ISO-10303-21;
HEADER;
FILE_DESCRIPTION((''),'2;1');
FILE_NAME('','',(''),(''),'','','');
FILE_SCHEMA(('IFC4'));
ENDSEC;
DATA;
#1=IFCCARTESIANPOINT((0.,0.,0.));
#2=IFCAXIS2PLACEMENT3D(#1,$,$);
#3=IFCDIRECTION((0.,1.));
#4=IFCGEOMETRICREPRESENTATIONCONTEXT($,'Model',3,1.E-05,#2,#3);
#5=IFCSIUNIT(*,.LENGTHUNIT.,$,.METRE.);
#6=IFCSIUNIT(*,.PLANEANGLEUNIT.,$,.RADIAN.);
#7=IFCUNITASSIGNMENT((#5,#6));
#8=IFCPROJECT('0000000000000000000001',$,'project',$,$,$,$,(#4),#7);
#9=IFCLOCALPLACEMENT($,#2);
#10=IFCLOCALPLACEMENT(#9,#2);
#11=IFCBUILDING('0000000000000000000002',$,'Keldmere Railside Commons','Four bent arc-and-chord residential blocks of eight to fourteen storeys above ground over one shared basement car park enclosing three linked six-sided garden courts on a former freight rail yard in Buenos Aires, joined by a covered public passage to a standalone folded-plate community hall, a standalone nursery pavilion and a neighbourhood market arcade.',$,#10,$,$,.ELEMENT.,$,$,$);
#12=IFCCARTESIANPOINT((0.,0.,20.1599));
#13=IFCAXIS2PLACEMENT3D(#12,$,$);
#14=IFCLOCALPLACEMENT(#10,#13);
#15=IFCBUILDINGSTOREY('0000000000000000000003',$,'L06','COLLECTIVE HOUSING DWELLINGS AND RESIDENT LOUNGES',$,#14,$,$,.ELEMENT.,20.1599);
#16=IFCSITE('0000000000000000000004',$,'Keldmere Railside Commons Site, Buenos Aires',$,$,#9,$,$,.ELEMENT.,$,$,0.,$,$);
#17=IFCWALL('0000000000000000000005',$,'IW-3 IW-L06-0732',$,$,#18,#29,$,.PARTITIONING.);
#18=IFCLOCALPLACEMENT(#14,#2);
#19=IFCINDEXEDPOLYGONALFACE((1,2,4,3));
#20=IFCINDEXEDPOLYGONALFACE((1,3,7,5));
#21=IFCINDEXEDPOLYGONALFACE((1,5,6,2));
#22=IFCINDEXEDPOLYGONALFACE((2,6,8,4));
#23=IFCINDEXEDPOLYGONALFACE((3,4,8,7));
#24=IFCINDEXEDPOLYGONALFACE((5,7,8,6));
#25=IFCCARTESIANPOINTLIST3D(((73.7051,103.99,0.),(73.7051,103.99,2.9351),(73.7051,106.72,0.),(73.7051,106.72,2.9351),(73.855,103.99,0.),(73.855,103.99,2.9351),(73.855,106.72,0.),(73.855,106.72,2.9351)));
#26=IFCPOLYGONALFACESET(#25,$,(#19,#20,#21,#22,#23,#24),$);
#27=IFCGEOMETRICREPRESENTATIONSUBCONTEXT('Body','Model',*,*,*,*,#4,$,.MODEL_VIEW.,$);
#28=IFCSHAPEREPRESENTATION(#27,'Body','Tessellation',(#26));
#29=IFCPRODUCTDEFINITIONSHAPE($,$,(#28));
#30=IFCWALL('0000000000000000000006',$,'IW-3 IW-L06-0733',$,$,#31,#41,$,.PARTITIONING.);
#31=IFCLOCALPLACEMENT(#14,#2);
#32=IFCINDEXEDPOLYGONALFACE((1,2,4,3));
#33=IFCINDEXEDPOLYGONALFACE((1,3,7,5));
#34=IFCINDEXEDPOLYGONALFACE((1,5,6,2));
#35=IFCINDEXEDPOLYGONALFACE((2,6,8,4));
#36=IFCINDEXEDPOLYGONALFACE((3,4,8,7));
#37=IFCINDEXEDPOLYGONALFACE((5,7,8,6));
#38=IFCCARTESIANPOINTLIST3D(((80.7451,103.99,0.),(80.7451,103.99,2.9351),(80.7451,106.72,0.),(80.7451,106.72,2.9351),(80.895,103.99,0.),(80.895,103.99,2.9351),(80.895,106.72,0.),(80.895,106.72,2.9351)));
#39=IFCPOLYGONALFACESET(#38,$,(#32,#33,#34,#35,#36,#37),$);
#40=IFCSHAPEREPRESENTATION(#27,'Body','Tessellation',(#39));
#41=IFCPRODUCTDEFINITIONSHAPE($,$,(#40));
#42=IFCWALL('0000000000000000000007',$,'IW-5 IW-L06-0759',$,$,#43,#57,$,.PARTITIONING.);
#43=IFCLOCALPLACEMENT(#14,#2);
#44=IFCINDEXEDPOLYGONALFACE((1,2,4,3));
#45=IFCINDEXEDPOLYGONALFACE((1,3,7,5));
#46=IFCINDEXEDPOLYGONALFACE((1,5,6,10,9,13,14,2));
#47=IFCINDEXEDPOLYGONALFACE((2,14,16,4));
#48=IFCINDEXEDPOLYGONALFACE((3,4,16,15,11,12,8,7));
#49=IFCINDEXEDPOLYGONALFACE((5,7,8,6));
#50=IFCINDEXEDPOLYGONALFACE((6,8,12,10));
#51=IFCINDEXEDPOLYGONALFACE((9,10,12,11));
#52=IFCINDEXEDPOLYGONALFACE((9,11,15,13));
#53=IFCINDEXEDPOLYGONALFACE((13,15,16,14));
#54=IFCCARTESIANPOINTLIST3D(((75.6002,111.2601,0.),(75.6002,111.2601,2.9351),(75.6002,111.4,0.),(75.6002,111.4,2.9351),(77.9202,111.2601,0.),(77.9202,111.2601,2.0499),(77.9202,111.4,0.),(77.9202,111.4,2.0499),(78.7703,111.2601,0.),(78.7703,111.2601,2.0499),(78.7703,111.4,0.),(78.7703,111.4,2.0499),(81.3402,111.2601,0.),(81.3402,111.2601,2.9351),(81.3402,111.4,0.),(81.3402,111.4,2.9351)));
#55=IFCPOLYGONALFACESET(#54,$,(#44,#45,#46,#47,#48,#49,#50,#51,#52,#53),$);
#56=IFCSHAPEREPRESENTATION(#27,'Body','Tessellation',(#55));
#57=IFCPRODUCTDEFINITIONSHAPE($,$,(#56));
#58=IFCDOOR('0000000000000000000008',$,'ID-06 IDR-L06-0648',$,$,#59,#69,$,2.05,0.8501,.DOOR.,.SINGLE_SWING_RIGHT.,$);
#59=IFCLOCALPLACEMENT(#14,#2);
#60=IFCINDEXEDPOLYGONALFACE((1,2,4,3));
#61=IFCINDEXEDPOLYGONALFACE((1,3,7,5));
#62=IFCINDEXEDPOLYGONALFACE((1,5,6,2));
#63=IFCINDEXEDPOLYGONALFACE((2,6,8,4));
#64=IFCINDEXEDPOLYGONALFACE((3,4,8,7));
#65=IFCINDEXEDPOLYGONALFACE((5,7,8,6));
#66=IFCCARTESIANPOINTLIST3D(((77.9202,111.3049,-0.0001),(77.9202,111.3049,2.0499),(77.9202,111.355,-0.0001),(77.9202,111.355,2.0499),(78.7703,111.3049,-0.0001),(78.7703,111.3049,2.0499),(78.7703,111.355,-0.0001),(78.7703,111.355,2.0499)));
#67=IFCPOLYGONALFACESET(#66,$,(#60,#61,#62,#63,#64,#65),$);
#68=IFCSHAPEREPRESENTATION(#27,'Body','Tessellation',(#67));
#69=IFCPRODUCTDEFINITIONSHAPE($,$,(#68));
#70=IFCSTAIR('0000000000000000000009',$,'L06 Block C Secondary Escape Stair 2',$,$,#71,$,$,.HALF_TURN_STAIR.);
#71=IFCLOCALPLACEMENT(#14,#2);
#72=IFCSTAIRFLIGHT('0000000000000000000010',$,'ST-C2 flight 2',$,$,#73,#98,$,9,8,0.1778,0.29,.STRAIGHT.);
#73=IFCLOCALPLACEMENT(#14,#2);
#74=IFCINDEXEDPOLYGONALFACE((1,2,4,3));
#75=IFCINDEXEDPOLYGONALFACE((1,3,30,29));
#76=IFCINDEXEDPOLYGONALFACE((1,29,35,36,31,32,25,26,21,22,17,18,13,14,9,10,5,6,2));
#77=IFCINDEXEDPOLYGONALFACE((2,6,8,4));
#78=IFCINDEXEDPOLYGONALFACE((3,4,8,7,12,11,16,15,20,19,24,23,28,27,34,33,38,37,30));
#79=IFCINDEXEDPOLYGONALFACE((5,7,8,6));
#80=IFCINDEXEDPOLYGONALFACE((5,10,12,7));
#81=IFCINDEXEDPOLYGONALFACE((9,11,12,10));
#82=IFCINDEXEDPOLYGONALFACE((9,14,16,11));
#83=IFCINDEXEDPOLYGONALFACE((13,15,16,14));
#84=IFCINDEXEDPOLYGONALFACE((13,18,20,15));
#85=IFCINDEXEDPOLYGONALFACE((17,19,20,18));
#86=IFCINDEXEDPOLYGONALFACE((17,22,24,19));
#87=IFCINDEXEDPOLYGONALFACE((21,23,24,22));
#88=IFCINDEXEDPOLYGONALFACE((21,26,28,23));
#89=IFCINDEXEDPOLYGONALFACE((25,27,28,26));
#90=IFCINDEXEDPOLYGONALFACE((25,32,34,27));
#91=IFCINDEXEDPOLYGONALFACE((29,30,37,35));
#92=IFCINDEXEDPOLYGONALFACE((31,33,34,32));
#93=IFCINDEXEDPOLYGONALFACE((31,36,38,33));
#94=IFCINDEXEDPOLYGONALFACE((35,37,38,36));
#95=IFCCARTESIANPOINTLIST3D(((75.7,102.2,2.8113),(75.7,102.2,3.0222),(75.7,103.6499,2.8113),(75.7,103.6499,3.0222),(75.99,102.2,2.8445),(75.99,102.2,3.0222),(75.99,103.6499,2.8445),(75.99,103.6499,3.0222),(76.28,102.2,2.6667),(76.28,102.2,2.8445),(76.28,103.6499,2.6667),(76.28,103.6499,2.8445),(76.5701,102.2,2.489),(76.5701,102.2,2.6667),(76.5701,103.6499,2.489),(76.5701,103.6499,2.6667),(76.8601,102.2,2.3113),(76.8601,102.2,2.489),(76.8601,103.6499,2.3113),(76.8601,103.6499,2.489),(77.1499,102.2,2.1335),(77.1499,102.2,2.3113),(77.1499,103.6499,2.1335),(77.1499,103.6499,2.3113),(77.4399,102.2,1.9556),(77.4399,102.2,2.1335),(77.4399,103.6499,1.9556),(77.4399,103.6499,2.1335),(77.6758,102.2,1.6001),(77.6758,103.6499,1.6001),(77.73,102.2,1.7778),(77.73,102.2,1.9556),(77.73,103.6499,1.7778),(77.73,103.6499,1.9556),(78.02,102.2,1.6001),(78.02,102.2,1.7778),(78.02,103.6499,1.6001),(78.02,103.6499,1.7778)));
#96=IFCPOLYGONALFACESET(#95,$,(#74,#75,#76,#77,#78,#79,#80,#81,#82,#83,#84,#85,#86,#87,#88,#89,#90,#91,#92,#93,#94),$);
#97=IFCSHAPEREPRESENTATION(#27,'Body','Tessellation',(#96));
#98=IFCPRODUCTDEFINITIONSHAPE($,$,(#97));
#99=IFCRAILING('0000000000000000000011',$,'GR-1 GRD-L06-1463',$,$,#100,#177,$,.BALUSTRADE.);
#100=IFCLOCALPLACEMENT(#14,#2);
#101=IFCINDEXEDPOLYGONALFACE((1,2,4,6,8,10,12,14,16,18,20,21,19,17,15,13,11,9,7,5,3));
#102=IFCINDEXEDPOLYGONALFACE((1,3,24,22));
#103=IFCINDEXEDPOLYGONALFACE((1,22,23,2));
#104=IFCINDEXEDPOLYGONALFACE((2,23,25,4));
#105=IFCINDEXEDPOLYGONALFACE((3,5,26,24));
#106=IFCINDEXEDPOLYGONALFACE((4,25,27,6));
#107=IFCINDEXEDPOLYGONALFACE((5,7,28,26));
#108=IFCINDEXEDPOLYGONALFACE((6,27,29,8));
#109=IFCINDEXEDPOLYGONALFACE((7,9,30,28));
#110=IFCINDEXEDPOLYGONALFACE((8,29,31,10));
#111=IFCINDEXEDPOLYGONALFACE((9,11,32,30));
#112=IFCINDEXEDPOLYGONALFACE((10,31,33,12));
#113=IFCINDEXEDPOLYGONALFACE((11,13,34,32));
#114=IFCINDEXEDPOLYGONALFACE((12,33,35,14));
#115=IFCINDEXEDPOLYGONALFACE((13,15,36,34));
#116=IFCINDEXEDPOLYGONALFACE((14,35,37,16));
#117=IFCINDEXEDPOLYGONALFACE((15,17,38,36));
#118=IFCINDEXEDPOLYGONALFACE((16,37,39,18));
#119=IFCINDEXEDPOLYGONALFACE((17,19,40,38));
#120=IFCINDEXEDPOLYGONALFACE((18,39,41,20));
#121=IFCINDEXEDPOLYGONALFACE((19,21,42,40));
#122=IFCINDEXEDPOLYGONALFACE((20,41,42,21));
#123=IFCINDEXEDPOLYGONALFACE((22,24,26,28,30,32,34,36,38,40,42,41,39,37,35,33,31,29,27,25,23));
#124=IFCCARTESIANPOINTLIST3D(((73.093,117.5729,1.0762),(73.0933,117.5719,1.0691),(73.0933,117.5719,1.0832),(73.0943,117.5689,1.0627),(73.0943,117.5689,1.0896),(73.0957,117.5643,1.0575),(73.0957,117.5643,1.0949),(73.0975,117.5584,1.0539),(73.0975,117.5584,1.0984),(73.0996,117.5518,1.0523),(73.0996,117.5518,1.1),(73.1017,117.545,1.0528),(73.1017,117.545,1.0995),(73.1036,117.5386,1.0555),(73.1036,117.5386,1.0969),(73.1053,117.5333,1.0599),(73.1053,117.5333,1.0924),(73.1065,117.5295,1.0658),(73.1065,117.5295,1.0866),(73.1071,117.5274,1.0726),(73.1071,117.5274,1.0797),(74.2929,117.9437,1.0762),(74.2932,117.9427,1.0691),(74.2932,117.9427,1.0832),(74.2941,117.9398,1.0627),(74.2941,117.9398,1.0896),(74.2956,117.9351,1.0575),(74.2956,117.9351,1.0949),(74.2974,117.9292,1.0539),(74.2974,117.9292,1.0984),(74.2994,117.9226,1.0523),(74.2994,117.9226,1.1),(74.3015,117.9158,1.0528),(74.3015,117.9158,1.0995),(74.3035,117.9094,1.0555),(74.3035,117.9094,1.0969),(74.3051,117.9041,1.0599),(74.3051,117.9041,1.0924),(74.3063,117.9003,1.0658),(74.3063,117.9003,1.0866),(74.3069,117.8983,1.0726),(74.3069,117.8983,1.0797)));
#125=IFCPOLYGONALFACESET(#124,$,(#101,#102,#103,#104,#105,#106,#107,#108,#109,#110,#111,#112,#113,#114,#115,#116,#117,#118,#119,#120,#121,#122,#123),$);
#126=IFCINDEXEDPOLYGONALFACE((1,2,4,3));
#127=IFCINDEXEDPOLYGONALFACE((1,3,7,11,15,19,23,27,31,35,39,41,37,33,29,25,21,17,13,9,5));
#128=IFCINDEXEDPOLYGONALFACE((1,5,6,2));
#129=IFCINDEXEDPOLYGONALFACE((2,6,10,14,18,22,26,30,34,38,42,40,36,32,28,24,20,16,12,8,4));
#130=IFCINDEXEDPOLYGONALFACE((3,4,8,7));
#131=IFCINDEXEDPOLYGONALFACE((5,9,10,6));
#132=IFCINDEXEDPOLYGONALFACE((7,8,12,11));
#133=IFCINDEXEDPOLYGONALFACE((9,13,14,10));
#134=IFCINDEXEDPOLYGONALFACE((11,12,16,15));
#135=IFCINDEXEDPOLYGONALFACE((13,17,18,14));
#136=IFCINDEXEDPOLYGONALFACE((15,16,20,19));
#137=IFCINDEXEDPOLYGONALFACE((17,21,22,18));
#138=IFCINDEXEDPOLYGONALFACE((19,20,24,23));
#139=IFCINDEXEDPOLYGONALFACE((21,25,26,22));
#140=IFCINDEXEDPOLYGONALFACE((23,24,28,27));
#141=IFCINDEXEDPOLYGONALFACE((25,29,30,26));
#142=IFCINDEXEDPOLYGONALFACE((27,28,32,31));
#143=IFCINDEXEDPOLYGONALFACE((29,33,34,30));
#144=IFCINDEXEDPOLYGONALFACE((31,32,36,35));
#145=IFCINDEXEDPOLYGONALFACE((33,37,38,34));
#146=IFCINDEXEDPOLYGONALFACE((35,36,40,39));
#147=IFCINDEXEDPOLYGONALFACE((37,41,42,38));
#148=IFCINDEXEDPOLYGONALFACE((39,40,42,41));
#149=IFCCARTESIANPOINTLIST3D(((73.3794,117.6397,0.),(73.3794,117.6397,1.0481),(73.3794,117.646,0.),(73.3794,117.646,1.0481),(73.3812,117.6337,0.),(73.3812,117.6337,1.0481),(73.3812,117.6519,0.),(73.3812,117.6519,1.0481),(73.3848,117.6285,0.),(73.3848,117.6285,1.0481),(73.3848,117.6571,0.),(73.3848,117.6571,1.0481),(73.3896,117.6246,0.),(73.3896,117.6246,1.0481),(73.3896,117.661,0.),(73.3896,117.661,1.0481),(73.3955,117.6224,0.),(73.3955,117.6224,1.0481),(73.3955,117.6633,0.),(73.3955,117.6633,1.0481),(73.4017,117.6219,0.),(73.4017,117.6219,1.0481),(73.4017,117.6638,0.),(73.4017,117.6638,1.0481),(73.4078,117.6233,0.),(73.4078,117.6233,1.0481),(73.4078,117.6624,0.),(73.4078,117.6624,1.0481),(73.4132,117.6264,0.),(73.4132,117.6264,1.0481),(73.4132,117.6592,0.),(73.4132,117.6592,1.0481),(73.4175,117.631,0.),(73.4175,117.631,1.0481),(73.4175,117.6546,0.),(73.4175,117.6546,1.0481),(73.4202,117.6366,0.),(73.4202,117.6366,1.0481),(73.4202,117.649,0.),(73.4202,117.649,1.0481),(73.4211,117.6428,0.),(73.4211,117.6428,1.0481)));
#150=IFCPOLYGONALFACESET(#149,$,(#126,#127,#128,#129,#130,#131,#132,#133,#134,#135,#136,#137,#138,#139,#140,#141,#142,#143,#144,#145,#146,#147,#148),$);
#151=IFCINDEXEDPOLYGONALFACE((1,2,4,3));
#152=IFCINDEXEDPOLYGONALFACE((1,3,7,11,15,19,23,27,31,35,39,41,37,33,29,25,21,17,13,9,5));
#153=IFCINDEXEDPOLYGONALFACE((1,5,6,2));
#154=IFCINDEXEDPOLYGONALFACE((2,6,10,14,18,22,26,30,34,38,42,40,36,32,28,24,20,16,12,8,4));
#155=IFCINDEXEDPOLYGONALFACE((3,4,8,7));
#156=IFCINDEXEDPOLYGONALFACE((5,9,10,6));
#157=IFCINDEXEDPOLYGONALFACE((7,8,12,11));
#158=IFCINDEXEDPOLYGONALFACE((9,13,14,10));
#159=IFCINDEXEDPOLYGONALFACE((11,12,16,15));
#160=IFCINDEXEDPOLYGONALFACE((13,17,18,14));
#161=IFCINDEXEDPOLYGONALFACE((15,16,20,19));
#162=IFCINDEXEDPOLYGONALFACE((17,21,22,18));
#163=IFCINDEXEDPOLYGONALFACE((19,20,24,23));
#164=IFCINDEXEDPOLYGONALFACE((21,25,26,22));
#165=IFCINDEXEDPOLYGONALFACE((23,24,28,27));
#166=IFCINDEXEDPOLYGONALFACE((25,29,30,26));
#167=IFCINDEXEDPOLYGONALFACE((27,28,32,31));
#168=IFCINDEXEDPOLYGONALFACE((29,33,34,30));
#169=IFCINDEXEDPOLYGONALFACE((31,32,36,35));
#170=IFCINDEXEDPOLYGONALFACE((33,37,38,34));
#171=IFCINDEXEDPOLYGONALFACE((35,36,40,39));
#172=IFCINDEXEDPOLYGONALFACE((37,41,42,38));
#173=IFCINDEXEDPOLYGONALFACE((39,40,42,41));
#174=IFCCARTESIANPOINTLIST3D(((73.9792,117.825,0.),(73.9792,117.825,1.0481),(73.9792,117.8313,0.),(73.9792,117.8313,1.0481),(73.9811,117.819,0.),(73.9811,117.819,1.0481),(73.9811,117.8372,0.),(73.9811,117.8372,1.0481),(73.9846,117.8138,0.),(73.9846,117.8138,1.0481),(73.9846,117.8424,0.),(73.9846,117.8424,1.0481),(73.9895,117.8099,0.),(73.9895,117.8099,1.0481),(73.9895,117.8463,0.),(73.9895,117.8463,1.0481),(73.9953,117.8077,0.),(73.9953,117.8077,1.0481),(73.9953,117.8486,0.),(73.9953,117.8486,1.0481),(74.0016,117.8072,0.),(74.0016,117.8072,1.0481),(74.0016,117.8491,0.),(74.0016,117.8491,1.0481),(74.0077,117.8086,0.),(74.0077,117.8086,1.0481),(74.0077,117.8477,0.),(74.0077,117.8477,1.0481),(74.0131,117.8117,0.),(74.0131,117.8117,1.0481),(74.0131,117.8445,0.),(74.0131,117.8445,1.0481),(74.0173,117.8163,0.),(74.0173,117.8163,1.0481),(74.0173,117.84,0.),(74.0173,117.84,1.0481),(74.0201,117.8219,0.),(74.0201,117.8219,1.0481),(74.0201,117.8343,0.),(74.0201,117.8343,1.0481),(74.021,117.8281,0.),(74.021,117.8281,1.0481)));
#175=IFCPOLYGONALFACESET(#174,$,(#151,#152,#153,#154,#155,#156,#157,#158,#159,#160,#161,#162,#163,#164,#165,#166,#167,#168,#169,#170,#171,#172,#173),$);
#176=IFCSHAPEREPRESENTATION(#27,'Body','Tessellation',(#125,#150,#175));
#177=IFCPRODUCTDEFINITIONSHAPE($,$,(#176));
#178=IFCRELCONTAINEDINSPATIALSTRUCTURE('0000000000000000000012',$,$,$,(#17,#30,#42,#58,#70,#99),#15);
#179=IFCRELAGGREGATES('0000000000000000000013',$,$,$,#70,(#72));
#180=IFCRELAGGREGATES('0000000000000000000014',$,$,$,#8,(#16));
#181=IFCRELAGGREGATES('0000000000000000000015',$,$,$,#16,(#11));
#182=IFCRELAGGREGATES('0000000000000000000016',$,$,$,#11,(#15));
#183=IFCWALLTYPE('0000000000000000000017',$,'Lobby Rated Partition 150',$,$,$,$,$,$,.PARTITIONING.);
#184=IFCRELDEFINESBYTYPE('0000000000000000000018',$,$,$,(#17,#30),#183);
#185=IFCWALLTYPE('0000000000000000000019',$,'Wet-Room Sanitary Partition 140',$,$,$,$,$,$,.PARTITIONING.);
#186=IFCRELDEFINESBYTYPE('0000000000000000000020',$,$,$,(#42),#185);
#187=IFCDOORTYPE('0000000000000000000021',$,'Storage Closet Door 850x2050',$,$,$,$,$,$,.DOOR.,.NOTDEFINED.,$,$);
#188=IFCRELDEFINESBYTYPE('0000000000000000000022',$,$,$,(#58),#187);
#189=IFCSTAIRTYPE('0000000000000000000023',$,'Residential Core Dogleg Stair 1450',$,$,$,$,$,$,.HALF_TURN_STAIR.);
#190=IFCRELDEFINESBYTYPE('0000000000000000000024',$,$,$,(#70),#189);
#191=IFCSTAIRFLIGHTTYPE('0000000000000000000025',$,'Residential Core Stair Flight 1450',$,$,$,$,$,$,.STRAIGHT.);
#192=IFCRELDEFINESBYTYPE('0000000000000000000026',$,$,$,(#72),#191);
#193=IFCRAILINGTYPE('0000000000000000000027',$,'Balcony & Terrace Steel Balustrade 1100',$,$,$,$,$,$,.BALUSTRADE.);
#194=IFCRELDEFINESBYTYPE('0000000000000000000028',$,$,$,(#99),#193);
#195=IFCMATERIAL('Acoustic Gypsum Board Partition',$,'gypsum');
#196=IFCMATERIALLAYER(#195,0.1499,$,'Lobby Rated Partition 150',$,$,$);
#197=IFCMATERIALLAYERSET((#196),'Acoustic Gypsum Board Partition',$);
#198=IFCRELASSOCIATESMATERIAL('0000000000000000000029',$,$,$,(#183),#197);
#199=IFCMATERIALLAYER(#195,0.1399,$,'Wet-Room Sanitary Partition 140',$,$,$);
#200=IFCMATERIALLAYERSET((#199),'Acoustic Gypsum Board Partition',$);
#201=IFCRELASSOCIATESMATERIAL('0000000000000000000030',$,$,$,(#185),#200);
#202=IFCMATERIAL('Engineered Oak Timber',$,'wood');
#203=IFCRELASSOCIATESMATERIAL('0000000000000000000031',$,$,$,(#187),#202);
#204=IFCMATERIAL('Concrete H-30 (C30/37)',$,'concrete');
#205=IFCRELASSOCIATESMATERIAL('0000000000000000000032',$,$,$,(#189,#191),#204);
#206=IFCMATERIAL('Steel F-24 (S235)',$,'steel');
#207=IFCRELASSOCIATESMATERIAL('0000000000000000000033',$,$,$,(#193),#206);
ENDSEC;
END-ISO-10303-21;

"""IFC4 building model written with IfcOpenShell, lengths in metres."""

from ifc_helpers import new_model, si_unit, direction, frame, frame_2d, origin, origin_2d, place, context, subcontext, project, spatial, polyline, rectangle, circle, outline, extrude, material, layer, layer_set, type_object, element, fill, aggregate, save


model = new_model("IFC4")

# Units and contexts
model_context = context("Model", 3, precision=1e-05, world=origin(), true_north=direction((0.0, 1.0)))
body_context = subcontext(model_context, "Body", "Model", "MODEL_VIEW")
ifc_project = project(units=[si_unit("LENGTHUNIT", "METRE"), si_unit("PLANEANGLEUNIT", "RADIAN")], contexts=[model_context])

# Site, building, storey
site_placement = place(None, origin())
site = spatial("IfcSite", under=ifc_project, at=site_placement, Name="Keldmere Railside Commons Site, Buenos Aires", CompositionType="ELEMENT", RefElevation=0.0)
building_placement = place(site_placement, origin())
building = spatial("IfcBuilding", under=site, at=building_placement, Name="Keldmere Railside Commons", Description="Four bent arc-and-chord residential blocks of eight to fourteen storeys above ground over one shared basement car park enclosing three linked six-sided garden courts on a former freight rail yard in Buenos Aires, joined by a covered public passage to a standalone folded-plate community hall, a standalone nursery pavilion and a neighbourhood market arcade.", CompositionType="ELEMENT")
storey_placement = place(building_placement, frame((0.0, 0.0, 20.1599)))
storey = spatial("IfcBuildingStorey", under=building, at=storey_placement, Name="L06", Description="COLLECTIVE HOUSING DWELLINGS AND RESIDENT LOUNGES", CompositionType="ELEMENT", Elevation=20.1599)

# Shared definitions
ifc_material_1 = material(Name="Concrete H-30 (C30/37)", Category="concrete")

# Shared definitions
ifc_material_2 = material(Name="Acoustic Gypsum Board Partition", Category="gypsum")
ifc_material_3 = material(Name="Engineered Oak Timber", Category="wood")

# Shared definitions
ifc_material_4 = material(Name="Steel F-24 (S235)", Category="steel")

# Walls
ifc_layer_1 = layer(ifc_material_2, 0.1499, Name="Lobby Rated Partition 150")
ifc_layer_set_1 = layer_set([ifc_layer_1], Name="Acoustic Gypsum Board Partition")
wall_type_1 = type_object("IfcWallType", Name="Lobby Rated Partition 150", PredefinedType="PARTITIONING", material=ifc_layer_set_1)
for number, where, z_axis, x_axis, name in (
    (1, (73.78, 103.99, 0.0), (0.0, 0.0, 1.0), (0.0, 1.0, 0.0), "IW-3 IW-L06-0732"),
    (2, (80.8201, 103.99, 0.0), (0.0, 0.0, 1.0), (0.0, 1.0, 0.0), "IW-3 IW-L06-0733"),
):
    element("IfcWall", number, at=place(storey_placement, frame(where, z_axis=z_axis, x_axis=x_axis)), inside=storey, type_object=wall_type_1, Name=name, PredefinedType="PARTITIONING", context=body_context, shape_type="SweptSolid", body=[
        extrude(rectangle(XDim=2.73, YDim=0.1499, at=frame_2d((1.365, 0.0))), origin(), (0.0, 0.0, 1.0), 2.9351),
    ])

# Wall, opening, door
ifc_layer_2 = layer(ifc_material_2, 0.1399, Name="Wet-Room Sanitary Partition 140")
ifc_layer_set_2 = layer_set([ifc_layer_2], Name="Acoustic Gypsum Board Partition")
wall_type_2 = type_object("IfcWallType", Name="Wet-Room Sanitary Partition 140", PredefinedType="PARTITIONING", material=ifc_layer_set_2)
wall_1_placement = place(storey_placement, frame((75.6001, 111.3301, 0.0), z_axis=(0.0, 0.0, 1.0), x_axis=(1.0, 0.0, 0.0)))
wall_1 = element("IfcWall", 3, at=wall_1_placement, inside=storey, type_object=wall_type_2, Name="IW-5 IW-L06-0759", PredefinedType="PARTITIONING", context=body_context, shape_type="SweptSolid", body=[
    extrude(rectangle(XDim=5.74, YDim=0.1399, at=frame_2d((2.8701, 0.0))), origin(), (0.0, 0.0, 1.0), 2.9351),
])
opening_1_placement = place(wall_1_placement, frame((2.3201, 0.0, 0.0)))
opening_1 = element("IfcOpeningElement", 4, at=opening_1_placement, cuts=wall_1, PredefinedType="OPENING", context=body_context, shape_type="SweptSolid", body=[
    extrude(rectangle(XDim=0.8501, YDim=2.05, at=frame_2d((0.425, 1.0249))), frame((0.0, 0.0798, 0.0), z_axis=(0.0, -1.0, 0.0), x_axis=(1.0, 0.0, 0.0)), (0.0, 0.0, 1.0), 0.1599),
])
door_type_1 = type_object("IfcDoorType", Name="Storage Closet Door 850x2050", OperationType="NOTDEFINED", PredefinedType="DOOR", material=ifc_material_3)
door_1_placement = place(opening_1_placement, origin())
door_1 = element("IfcDoor", 5, at=door_1_placement, inside=storey, type_object=door_type_1, Name="ID-06 IDR-L06-0648", OperationType="SINGLE_SWING_RIGHT", OverallHeight=2.05, OverallWidth=0.8501, PredefinedType="DOOR", context=body_context, shape_type="SweptSolid", body=[
    extrude(rectangle(XDim=0.8501, YDim=2.05, at=frame_2d((0.425, 1.0249))), frame((0.0, 0.0249, 0.0), z_axis=(0.0, -1.0, 0.0), x_axis=(1.0, 0.0, 0.0)), (0.0, 0.0, 1.0), 0.05),
])
fill(opening_1, door_1)

# Stair, stair flight
stair_type = type_object("IfcStairType", Name="Residential Core Dogleg Stair 1450", PredefinedType="HALF_TURN_STAIR", material=ifc_material_1)
stair_placement = place(storey_placement, origin())
stair = element("IfcStair", 6, at=stair_placement, inside=storey, type_object=stair_type, Name="L06 Block C Secondary Escape Stair 2", PredefinedType="HALF_TURN_STAIR")
stair_flight_type = type_object("IfcStairFlightType", Name="Residential Core Stair Flight 1450", PredefinedType="STRAIGHT", material=ifc_material_1)
stair_flight_placement = place(storey_placement, frame((78.02, 102.925, 1.6001), z_axis=(0.0, 0.0, 1.0), x_axis=(-1.0, 0.0, 0.0)))
stair_flight = element("IfcStairFlight", 7, at=stair_flight_placement, type_object=stair_flight_type, Name="ST-C2 flight 2", NumberOfRisers=9, NumberOfTreads=8, PredefinedType="STRAIGHT", RiserHeight=0.1778, TreadLength=0.29, context=body_context, shape_type="SweptSolid", body=[
    extrude(outline(polyline([(0.0, 0.0), (0.0, 0.1777), (0.29, 0.1777), (0.29, 0.3555), (0.5801, 0.3555), (0.5801, 0.5334), (0.8701, 0.5334), (0.8701, 0.7112), (1.1599, 0.7112), (1.1599, 0.8889), (1.45, 0.8889), (1.45, 1.0667), (1.74, 1.0667), (1.74, 1.2444), (2.03, 1.2444), (2.03, 1.4221), (2.3201, 1.4221), (2.3201, 1.6001), (2.3201, 1.2112), (0.3442, 0.0), (0.0, 0.0)])), frame((0.0, 0.7251, 0.0), z_axis=(0.0, -1.0, 0.0), x_axis=(1.0, 0.0, 0.0)), (0.0, 0.0, 1.0), 1.45),
])
aggregate(stair, [stair_flight])

# Railing
railing_type_1 = type_object("IfcRailingType", Name="Balcony & Terrace Steel Balustrade 1100", PredefinedType="BALUSTRADE", material=ifc_material_4)
railing_1_placement = place(storey_placement, frame((73.1001, 117.55, 0.0)))
element("IfcRailing", 8, at=railing_1_placement, inside=storey, type_object=railing_type_1, Name="GR-1 GRD-L06-1463", PredefinedType="BALUSTRADE", context=body_context, shape_type="SweptSolid", body=[
    extrude(circle(Radius=0.0239, at=origin_2d()), frame((0.0, 0.0, 1.0762), z_axis=(0.955413, 0.295274, 0.0), x_axis=(-0.295274, 0.955413, 0.0)), (0.0, 0.0, 1.0), 1.2559),
    extrude(circle(Radius=0.021, at=origin_2d()), frame((0.3, 0.0928, 0.0)), (0.0, 0.0, 1.0), 1.0481),
    extrude(circle(Radius=0.021, at=origin_2d()), frame((0.8999, 0.2781, 0.0)), (0.0, 0.0, 1.0), 1.0481),
])

save(model, "model.ifc")
